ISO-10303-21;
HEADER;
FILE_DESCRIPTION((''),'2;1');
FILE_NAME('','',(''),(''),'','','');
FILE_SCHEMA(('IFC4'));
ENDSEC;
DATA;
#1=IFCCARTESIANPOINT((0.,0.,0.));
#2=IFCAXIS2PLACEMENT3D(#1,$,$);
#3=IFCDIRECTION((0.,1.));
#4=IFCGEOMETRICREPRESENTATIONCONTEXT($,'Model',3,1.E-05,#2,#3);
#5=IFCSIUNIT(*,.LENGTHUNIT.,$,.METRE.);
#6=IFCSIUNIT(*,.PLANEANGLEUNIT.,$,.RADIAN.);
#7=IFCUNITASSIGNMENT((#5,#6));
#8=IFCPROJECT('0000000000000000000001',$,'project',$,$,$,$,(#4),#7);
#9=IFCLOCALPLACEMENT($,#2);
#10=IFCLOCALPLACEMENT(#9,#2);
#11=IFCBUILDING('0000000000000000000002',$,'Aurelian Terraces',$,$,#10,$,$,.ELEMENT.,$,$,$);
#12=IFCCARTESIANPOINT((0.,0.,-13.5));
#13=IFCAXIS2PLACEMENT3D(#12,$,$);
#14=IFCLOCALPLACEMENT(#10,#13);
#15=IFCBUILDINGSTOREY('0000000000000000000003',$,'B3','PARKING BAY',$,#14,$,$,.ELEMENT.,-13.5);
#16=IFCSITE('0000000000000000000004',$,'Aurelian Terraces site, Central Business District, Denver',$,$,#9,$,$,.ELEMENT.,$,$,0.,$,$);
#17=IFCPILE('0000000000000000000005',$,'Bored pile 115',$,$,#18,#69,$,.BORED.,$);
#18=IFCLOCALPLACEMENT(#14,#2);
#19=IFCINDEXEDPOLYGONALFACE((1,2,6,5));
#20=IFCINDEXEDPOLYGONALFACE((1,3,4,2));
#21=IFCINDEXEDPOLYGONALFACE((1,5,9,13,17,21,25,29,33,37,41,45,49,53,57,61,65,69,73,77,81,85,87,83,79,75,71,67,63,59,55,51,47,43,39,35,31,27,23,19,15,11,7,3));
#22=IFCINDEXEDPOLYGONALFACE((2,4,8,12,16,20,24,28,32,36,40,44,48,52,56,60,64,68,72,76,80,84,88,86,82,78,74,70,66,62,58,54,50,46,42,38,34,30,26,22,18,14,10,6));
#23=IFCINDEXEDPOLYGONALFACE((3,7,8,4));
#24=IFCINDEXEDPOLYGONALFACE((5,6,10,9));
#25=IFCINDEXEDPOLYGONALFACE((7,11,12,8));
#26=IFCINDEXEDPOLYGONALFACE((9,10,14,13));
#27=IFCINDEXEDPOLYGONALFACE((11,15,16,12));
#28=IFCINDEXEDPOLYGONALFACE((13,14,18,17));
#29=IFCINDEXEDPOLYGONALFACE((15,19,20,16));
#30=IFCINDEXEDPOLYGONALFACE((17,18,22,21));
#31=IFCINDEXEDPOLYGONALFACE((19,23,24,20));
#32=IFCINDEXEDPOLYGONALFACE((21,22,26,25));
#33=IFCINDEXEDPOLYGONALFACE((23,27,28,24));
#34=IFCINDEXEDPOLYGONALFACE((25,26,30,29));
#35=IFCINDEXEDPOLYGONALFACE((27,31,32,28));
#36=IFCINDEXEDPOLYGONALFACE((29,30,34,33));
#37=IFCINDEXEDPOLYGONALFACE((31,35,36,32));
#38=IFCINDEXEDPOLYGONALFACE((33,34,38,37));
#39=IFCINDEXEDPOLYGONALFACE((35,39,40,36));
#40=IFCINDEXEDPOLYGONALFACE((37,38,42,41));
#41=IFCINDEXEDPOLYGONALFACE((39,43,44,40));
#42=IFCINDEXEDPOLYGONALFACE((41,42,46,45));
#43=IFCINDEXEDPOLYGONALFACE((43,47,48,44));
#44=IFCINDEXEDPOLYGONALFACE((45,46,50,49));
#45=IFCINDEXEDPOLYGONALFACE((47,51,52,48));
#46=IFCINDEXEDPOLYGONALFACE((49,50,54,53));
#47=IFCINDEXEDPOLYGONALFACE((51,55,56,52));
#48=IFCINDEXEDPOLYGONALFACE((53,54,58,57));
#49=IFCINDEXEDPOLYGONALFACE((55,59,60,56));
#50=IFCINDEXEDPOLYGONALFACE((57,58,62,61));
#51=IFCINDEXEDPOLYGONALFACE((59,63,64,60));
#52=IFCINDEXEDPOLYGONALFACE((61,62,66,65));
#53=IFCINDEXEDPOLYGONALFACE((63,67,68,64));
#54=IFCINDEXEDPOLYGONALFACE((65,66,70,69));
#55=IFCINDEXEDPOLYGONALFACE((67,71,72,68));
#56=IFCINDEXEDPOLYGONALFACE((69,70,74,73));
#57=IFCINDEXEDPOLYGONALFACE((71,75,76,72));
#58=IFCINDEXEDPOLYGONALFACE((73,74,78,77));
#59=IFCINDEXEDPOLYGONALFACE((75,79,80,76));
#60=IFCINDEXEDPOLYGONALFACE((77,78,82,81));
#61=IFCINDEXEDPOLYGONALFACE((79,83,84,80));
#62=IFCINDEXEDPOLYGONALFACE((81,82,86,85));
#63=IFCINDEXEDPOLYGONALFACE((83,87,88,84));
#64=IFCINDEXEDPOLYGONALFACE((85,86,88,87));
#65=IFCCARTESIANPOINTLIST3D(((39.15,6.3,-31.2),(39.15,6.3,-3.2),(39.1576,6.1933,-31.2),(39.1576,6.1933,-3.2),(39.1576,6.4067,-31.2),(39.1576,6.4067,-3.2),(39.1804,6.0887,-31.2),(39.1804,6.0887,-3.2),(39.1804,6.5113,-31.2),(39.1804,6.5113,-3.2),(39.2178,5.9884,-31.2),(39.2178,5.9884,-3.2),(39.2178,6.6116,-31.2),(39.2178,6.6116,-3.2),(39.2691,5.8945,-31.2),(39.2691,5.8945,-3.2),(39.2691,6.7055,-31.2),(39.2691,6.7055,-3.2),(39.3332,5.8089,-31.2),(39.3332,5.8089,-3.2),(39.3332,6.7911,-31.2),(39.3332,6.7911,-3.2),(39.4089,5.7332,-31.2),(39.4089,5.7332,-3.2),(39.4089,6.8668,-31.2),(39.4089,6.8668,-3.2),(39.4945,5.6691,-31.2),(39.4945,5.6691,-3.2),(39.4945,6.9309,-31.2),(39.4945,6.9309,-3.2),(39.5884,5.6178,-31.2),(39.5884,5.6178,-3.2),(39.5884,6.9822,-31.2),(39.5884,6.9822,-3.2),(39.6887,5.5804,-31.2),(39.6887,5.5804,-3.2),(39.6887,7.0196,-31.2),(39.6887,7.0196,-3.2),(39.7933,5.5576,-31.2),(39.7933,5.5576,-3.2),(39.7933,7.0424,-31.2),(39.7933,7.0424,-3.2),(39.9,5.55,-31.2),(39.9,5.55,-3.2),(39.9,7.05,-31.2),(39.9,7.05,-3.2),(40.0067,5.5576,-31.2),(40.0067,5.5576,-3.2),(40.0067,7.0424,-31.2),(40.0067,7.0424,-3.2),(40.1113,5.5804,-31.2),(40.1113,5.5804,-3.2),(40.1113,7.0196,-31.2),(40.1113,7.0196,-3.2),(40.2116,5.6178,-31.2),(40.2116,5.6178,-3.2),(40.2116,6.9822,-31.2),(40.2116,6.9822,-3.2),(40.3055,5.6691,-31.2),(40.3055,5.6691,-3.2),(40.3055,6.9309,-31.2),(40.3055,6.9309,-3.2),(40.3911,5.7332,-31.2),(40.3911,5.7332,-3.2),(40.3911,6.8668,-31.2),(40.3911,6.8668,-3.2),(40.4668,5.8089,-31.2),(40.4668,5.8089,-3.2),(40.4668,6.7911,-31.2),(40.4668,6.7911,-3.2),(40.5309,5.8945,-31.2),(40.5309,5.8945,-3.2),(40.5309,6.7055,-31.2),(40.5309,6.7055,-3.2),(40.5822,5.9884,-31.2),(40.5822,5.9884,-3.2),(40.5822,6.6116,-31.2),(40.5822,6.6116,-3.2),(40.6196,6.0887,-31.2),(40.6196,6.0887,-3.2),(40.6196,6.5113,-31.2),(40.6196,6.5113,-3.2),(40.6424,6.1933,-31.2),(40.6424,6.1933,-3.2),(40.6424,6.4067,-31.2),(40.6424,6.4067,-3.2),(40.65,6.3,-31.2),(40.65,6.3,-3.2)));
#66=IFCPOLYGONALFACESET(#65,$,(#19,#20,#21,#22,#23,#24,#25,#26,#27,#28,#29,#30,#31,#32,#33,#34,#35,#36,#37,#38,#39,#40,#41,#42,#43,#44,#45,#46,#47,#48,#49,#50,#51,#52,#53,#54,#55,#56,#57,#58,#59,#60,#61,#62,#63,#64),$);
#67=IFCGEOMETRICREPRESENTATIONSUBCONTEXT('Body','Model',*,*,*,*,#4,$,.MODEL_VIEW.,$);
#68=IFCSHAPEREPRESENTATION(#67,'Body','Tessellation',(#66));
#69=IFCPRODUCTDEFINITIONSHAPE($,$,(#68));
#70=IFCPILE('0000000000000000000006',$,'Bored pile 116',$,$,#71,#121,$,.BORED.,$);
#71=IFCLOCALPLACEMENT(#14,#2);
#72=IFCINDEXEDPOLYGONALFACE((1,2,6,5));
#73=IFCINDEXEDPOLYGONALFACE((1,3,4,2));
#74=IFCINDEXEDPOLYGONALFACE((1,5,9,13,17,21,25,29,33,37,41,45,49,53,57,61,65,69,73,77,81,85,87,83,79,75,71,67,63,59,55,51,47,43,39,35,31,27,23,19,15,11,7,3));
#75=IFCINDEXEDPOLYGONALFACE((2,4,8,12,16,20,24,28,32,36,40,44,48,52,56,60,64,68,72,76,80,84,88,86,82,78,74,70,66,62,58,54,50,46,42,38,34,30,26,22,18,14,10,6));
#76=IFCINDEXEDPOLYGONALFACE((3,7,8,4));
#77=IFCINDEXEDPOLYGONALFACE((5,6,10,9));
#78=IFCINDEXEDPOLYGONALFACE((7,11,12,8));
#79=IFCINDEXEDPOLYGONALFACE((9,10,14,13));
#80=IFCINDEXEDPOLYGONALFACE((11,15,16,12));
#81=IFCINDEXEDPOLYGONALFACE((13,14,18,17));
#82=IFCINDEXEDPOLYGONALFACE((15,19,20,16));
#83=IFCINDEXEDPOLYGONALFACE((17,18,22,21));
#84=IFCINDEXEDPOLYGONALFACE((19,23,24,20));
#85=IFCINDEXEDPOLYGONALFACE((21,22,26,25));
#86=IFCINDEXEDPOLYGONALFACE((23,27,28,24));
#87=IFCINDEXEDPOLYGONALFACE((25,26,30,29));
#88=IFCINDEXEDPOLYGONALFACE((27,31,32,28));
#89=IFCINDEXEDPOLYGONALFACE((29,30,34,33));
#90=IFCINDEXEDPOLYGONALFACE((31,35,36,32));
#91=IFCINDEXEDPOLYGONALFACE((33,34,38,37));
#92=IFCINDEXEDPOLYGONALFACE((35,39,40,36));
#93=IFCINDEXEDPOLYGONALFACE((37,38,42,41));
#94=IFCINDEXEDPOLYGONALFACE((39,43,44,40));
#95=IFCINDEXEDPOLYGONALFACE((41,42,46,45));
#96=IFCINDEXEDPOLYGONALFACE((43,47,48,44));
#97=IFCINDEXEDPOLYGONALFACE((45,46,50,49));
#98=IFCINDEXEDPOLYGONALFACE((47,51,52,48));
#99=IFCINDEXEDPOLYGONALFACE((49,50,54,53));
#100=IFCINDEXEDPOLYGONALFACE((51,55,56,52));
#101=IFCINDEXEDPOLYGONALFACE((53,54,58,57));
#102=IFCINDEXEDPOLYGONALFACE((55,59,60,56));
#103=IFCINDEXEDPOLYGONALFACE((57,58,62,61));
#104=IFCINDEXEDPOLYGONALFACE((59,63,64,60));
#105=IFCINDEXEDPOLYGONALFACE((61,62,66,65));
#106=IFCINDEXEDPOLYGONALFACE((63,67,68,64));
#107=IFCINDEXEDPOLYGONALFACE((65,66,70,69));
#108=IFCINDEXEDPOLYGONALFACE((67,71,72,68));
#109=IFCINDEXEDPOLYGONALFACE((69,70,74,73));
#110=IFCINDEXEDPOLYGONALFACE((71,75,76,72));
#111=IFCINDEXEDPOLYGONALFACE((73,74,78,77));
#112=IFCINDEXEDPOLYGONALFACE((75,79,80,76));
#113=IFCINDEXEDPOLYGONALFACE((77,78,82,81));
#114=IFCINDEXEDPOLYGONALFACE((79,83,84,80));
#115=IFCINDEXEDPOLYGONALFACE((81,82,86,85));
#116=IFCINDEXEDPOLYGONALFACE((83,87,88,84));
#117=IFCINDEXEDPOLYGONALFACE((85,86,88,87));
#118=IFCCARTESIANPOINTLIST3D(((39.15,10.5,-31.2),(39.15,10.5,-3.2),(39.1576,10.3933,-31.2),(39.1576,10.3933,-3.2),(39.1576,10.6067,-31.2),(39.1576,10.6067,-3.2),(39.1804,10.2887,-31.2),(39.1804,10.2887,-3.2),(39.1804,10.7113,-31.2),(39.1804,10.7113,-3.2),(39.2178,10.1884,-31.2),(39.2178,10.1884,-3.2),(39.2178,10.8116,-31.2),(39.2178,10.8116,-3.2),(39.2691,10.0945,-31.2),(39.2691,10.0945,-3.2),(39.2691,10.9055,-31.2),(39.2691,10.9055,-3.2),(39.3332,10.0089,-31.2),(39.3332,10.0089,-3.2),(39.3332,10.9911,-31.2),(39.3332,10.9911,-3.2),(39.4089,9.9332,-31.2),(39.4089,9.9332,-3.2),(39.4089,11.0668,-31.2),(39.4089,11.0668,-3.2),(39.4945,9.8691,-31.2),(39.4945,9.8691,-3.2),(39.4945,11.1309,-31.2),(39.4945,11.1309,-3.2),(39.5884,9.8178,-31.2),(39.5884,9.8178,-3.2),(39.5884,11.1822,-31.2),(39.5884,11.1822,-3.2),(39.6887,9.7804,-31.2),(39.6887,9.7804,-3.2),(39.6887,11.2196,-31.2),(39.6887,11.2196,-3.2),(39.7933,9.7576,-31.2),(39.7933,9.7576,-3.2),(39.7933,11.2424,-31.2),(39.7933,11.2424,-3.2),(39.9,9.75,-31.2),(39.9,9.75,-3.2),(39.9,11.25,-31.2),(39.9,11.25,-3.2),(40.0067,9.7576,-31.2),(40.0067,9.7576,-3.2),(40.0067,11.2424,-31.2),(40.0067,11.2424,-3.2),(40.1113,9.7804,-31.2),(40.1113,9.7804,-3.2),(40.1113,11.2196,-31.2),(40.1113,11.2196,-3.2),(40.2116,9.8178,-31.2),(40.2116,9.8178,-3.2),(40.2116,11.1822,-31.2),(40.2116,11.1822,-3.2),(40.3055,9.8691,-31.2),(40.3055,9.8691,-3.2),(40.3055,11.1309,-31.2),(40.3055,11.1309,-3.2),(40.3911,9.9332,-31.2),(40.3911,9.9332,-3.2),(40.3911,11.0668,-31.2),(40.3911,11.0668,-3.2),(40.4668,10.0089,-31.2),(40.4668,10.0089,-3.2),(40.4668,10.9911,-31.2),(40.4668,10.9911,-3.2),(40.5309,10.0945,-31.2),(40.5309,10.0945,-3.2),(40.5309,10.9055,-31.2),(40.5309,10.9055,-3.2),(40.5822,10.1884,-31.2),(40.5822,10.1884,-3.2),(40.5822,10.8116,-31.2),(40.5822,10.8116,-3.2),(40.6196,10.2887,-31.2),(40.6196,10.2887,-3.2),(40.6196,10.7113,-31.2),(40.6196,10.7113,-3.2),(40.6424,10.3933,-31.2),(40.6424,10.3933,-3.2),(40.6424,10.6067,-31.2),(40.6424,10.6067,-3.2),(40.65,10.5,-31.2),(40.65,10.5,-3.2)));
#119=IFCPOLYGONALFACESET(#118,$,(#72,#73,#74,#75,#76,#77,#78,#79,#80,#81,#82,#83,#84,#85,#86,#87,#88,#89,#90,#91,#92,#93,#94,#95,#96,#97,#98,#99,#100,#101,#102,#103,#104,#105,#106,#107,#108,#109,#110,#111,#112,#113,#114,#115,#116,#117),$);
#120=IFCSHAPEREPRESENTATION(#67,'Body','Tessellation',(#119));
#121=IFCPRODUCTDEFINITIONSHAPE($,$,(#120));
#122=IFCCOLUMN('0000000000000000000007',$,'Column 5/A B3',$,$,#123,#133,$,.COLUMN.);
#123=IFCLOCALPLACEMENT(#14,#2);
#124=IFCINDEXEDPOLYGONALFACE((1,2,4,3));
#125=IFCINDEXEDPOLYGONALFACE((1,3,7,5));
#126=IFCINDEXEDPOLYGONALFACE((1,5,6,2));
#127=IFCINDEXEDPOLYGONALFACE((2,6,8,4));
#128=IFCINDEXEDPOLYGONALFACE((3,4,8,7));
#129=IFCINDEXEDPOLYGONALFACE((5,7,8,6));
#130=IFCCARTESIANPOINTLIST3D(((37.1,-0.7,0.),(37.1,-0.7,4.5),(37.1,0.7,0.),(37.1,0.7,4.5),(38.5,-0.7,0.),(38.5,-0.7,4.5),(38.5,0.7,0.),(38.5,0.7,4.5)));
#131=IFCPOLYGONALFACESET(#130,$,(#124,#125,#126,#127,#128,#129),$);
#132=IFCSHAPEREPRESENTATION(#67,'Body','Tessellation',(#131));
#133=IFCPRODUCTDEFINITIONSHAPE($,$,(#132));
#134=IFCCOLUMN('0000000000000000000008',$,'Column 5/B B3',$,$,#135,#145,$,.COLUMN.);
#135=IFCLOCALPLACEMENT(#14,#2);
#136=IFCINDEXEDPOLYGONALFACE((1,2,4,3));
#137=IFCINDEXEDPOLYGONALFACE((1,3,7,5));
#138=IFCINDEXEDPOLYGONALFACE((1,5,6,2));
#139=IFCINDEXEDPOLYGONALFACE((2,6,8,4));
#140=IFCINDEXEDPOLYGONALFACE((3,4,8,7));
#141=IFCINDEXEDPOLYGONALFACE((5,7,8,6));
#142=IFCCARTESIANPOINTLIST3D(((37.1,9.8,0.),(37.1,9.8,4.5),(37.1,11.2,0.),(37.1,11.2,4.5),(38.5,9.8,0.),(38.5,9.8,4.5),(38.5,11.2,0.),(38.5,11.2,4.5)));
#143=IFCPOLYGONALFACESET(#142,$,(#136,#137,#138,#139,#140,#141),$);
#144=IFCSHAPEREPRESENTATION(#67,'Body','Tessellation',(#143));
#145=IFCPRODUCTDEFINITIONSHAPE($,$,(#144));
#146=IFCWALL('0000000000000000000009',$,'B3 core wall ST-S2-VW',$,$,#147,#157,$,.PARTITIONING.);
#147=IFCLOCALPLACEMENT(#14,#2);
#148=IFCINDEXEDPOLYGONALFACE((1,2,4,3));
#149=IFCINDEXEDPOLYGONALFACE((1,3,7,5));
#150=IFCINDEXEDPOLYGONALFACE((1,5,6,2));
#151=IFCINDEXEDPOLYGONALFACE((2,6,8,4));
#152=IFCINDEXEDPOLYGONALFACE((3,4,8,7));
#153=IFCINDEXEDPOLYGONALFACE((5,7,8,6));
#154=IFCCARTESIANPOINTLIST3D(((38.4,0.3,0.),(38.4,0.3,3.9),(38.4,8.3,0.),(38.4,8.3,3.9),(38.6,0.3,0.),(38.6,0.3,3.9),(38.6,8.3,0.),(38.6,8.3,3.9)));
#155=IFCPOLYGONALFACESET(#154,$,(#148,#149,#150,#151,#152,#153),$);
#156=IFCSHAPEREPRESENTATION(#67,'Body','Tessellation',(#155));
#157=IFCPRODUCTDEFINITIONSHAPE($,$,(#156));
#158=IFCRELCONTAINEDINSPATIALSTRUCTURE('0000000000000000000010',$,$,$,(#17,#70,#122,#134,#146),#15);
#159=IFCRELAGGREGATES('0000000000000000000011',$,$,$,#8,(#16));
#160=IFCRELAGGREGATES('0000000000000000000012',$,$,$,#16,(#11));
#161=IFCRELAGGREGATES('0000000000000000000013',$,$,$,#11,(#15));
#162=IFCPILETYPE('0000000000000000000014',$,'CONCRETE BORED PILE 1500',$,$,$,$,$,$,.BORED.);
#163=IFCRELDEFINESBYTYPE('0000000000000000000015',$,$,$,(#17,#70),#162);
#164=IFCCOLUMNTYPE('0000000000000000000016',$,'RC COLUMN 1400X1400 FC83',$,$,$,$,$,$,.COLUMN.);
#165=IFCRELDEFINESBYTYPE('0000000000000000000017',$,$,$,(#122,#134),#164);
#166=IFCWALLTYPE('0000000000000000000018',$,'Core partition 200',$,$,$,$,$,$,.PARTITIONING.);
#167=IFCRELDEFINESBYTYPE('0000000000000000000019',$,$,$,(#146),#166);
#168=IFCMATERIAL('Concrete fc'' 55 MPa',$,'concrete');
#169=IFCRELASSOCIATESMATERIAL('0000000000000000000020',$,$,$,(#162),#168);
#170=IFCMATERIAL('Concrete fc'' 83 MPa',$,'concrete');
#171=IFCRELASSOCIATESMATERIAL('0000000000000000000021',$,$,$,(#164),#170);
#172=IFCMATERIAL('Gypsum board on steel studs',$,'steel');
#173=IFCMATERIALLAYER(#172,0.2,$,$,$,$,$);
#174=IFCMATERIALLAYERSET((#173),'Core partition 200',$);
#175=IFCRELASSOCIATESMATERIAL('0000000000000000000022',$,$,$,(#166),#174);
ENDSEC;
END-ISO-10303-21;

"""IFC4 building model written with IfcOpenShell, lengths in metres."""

from ifc_helpers import new_model, si_unit, direction, frame, frame_2d, origin, origin_2d, place, context, subcontext, project, spatial, rectangle, circle, extrude, source, transform, mapped, material, layer, layer_set, material_profile, profile_set, type_object, element, save


model = new_model("IFC4")

# Units and contexts
model_context = context("Model", 3, precision=1e-05, world=origin(), true_north=direction((0.0, 1.0)))
body_context = subcontext(model_context, "Body", "Model", "MODEL_VIEW")
ifc_project = project(units=[si_unit("LENGTHUNIT", "METRE"), si_unit("PLANEANGLEUNIT", "RADIAN")], contexts=[model_context])

# Site, building, storey
site_placement = place(None, origin())
site = spatial("IfcSite", under=ifc_project, at=site_placement, Name="Aurelian Terraces site, Central Business District, Denver", CompositionType="ELEMENT", RefElevation=0.0)
building_placement = place(site_placement, origin())
building = spatial("IfcBuilding", under=site, at=building_placement, Name="Aurelian Terraces", CompositionType="ELEMENT")
storey_placement = place(building_placement, frame((0.0, 0.0, -13.5)))
storey = spatial("IfcBuildingStorey", under=building, at=storey_placement, Name="B3", Description="PARKING BAY", CompositionType="ELEMENT", Elevation=-13.5)

# Piles
ifc_material_1 = material(Name="Concrete fc' 55 MPa", Category="concrete")
ifc_material_profile_1 = material_profile(ifc_material_1, circle(Radius=0.75, at=origin_2d()))
ifc_profile_set_1 = profile_set([ifc_material_profile_1], Name="Concrete fc' 55 MPa")
pile_type = type_object("IfcPileType", Name="CONCRETE BORED PILE 1500", PredefinedType="BORED", material=ifc_profile_set_1)
shared_shape_1 = source(origin(), body_context, "Body", "SweptSolid", [
    extrude(circle(Radius=0.75, at=origin_2d()), origin(), (0.0, 0.0, 1.0), 28.0),
])
for number, where, z_axis, x_axis, name in (
    (1, (39.9, 6.3, -3.2), (0.0, 0.0, -1.0), (1.0, 0.0, 0.0), "Bored pile 115"),
    (2, (39.9, 10.5, -3.2), (0.0, 0.0, -1.0), (1.0, 0.0, 0.0), "Bored pile 116"),
):
    element("IfcPile", number, at=place(storey_placement, frame(where, z_axis=z_axis, x_axis=x_axis)), inside=storey, type_object=pile_type, Name=name, PredefinedType="BORED", context=body_context, shape_type="MappedRepresentation", body=[
        mapped(shared_shape_1, transform((0.0, 0.0, 0.0), scale=1.0)),
    ])

# Columns
ifc_material_2 = material(Name="Concrete fc' 83 MPa", Category="concrete")
ifc_material_profile_2 = material_profile(ifc_material_2, rectangle(XDim=1.4, YDim=1.4, at=origin_2d()))
ifc_profile_set_2 = profile_set([ifc_material_profile_2], Name="Concrete fc' 83 MPa")
column_type = type_object("IfcColumnType", Name="RC COLUMN 1400X1400 FC83", PredefinedType="COLUMN", material=ifc_profile_set_2)
shared_shape_2 = source(origin(), body_context, "Body", "SweptSolid", [
    extrude(rectangle(XDim=1.4, YDim=1.4, at=origin_2d()), origin(), (0.0, 0.0, 1.0), 4.5),
])
for number, where, z_axis, x_axis, name in (
    (3, (37.8, 0.0, 0.0), (0.0, 0.0, 1.0), (1.0, 0.0, 0.0), "Column 5/A B3"),
    (4, (37.8, 10.5, 0.0), (0.0, 0.0, 1.0), (1.0, 0.0, 0.0), "Column 5/B B3"),
):
    element("IfcColumn", number, at=place(storey_placement, frame(where, z_axis=z_axis, x_axis=x_axis)), inside=storey, type_object=column_type, Name=name, PredefinedType="COLUMN", context=body_context, shape_type="MappedRepresentation", body=[
        mapped(shared_shape_2, transform((0.0, 0.0, 0.0), scale=1.0)),
    ])

# Wall
ifc_material_3 = material(Name="Gypsum board on steel studs", Category="steel")
ifc_layer_1 = layer(ifc_material_3, 0.2)
ifc_layer_set_1 = layer_set([ifc_layer_1], Name="Core partition 200")
wall_type_1 = type_object("IfcWallType", Name="Core partition 200", PredefinedType="PARTITIONING", material=ifc_layer_set_1)
wall_1_placement = place(storey_placement, frame((38.5, 0.3, 0.0), z_axis=(0.0, 0.0, 1.0), x_axis=(0.0, 1.0, 0.0)))
element("IfcWall", 5, at=wall_1_placement, inside=storey, type_object=wall_type_1, Name="B3 core wall ST-S2-VW", PredefinedType="PARTITIONING", context=body_context, shape_type="SweptSolid", body=[
    extrude(rectangle(XDim=8.0, YDim=0.2, at=frame_2d((4.0, 0.0))), origin(), (0.0, 0.0, 1.0), 3.9),
])

save(model, "model.ifc")
